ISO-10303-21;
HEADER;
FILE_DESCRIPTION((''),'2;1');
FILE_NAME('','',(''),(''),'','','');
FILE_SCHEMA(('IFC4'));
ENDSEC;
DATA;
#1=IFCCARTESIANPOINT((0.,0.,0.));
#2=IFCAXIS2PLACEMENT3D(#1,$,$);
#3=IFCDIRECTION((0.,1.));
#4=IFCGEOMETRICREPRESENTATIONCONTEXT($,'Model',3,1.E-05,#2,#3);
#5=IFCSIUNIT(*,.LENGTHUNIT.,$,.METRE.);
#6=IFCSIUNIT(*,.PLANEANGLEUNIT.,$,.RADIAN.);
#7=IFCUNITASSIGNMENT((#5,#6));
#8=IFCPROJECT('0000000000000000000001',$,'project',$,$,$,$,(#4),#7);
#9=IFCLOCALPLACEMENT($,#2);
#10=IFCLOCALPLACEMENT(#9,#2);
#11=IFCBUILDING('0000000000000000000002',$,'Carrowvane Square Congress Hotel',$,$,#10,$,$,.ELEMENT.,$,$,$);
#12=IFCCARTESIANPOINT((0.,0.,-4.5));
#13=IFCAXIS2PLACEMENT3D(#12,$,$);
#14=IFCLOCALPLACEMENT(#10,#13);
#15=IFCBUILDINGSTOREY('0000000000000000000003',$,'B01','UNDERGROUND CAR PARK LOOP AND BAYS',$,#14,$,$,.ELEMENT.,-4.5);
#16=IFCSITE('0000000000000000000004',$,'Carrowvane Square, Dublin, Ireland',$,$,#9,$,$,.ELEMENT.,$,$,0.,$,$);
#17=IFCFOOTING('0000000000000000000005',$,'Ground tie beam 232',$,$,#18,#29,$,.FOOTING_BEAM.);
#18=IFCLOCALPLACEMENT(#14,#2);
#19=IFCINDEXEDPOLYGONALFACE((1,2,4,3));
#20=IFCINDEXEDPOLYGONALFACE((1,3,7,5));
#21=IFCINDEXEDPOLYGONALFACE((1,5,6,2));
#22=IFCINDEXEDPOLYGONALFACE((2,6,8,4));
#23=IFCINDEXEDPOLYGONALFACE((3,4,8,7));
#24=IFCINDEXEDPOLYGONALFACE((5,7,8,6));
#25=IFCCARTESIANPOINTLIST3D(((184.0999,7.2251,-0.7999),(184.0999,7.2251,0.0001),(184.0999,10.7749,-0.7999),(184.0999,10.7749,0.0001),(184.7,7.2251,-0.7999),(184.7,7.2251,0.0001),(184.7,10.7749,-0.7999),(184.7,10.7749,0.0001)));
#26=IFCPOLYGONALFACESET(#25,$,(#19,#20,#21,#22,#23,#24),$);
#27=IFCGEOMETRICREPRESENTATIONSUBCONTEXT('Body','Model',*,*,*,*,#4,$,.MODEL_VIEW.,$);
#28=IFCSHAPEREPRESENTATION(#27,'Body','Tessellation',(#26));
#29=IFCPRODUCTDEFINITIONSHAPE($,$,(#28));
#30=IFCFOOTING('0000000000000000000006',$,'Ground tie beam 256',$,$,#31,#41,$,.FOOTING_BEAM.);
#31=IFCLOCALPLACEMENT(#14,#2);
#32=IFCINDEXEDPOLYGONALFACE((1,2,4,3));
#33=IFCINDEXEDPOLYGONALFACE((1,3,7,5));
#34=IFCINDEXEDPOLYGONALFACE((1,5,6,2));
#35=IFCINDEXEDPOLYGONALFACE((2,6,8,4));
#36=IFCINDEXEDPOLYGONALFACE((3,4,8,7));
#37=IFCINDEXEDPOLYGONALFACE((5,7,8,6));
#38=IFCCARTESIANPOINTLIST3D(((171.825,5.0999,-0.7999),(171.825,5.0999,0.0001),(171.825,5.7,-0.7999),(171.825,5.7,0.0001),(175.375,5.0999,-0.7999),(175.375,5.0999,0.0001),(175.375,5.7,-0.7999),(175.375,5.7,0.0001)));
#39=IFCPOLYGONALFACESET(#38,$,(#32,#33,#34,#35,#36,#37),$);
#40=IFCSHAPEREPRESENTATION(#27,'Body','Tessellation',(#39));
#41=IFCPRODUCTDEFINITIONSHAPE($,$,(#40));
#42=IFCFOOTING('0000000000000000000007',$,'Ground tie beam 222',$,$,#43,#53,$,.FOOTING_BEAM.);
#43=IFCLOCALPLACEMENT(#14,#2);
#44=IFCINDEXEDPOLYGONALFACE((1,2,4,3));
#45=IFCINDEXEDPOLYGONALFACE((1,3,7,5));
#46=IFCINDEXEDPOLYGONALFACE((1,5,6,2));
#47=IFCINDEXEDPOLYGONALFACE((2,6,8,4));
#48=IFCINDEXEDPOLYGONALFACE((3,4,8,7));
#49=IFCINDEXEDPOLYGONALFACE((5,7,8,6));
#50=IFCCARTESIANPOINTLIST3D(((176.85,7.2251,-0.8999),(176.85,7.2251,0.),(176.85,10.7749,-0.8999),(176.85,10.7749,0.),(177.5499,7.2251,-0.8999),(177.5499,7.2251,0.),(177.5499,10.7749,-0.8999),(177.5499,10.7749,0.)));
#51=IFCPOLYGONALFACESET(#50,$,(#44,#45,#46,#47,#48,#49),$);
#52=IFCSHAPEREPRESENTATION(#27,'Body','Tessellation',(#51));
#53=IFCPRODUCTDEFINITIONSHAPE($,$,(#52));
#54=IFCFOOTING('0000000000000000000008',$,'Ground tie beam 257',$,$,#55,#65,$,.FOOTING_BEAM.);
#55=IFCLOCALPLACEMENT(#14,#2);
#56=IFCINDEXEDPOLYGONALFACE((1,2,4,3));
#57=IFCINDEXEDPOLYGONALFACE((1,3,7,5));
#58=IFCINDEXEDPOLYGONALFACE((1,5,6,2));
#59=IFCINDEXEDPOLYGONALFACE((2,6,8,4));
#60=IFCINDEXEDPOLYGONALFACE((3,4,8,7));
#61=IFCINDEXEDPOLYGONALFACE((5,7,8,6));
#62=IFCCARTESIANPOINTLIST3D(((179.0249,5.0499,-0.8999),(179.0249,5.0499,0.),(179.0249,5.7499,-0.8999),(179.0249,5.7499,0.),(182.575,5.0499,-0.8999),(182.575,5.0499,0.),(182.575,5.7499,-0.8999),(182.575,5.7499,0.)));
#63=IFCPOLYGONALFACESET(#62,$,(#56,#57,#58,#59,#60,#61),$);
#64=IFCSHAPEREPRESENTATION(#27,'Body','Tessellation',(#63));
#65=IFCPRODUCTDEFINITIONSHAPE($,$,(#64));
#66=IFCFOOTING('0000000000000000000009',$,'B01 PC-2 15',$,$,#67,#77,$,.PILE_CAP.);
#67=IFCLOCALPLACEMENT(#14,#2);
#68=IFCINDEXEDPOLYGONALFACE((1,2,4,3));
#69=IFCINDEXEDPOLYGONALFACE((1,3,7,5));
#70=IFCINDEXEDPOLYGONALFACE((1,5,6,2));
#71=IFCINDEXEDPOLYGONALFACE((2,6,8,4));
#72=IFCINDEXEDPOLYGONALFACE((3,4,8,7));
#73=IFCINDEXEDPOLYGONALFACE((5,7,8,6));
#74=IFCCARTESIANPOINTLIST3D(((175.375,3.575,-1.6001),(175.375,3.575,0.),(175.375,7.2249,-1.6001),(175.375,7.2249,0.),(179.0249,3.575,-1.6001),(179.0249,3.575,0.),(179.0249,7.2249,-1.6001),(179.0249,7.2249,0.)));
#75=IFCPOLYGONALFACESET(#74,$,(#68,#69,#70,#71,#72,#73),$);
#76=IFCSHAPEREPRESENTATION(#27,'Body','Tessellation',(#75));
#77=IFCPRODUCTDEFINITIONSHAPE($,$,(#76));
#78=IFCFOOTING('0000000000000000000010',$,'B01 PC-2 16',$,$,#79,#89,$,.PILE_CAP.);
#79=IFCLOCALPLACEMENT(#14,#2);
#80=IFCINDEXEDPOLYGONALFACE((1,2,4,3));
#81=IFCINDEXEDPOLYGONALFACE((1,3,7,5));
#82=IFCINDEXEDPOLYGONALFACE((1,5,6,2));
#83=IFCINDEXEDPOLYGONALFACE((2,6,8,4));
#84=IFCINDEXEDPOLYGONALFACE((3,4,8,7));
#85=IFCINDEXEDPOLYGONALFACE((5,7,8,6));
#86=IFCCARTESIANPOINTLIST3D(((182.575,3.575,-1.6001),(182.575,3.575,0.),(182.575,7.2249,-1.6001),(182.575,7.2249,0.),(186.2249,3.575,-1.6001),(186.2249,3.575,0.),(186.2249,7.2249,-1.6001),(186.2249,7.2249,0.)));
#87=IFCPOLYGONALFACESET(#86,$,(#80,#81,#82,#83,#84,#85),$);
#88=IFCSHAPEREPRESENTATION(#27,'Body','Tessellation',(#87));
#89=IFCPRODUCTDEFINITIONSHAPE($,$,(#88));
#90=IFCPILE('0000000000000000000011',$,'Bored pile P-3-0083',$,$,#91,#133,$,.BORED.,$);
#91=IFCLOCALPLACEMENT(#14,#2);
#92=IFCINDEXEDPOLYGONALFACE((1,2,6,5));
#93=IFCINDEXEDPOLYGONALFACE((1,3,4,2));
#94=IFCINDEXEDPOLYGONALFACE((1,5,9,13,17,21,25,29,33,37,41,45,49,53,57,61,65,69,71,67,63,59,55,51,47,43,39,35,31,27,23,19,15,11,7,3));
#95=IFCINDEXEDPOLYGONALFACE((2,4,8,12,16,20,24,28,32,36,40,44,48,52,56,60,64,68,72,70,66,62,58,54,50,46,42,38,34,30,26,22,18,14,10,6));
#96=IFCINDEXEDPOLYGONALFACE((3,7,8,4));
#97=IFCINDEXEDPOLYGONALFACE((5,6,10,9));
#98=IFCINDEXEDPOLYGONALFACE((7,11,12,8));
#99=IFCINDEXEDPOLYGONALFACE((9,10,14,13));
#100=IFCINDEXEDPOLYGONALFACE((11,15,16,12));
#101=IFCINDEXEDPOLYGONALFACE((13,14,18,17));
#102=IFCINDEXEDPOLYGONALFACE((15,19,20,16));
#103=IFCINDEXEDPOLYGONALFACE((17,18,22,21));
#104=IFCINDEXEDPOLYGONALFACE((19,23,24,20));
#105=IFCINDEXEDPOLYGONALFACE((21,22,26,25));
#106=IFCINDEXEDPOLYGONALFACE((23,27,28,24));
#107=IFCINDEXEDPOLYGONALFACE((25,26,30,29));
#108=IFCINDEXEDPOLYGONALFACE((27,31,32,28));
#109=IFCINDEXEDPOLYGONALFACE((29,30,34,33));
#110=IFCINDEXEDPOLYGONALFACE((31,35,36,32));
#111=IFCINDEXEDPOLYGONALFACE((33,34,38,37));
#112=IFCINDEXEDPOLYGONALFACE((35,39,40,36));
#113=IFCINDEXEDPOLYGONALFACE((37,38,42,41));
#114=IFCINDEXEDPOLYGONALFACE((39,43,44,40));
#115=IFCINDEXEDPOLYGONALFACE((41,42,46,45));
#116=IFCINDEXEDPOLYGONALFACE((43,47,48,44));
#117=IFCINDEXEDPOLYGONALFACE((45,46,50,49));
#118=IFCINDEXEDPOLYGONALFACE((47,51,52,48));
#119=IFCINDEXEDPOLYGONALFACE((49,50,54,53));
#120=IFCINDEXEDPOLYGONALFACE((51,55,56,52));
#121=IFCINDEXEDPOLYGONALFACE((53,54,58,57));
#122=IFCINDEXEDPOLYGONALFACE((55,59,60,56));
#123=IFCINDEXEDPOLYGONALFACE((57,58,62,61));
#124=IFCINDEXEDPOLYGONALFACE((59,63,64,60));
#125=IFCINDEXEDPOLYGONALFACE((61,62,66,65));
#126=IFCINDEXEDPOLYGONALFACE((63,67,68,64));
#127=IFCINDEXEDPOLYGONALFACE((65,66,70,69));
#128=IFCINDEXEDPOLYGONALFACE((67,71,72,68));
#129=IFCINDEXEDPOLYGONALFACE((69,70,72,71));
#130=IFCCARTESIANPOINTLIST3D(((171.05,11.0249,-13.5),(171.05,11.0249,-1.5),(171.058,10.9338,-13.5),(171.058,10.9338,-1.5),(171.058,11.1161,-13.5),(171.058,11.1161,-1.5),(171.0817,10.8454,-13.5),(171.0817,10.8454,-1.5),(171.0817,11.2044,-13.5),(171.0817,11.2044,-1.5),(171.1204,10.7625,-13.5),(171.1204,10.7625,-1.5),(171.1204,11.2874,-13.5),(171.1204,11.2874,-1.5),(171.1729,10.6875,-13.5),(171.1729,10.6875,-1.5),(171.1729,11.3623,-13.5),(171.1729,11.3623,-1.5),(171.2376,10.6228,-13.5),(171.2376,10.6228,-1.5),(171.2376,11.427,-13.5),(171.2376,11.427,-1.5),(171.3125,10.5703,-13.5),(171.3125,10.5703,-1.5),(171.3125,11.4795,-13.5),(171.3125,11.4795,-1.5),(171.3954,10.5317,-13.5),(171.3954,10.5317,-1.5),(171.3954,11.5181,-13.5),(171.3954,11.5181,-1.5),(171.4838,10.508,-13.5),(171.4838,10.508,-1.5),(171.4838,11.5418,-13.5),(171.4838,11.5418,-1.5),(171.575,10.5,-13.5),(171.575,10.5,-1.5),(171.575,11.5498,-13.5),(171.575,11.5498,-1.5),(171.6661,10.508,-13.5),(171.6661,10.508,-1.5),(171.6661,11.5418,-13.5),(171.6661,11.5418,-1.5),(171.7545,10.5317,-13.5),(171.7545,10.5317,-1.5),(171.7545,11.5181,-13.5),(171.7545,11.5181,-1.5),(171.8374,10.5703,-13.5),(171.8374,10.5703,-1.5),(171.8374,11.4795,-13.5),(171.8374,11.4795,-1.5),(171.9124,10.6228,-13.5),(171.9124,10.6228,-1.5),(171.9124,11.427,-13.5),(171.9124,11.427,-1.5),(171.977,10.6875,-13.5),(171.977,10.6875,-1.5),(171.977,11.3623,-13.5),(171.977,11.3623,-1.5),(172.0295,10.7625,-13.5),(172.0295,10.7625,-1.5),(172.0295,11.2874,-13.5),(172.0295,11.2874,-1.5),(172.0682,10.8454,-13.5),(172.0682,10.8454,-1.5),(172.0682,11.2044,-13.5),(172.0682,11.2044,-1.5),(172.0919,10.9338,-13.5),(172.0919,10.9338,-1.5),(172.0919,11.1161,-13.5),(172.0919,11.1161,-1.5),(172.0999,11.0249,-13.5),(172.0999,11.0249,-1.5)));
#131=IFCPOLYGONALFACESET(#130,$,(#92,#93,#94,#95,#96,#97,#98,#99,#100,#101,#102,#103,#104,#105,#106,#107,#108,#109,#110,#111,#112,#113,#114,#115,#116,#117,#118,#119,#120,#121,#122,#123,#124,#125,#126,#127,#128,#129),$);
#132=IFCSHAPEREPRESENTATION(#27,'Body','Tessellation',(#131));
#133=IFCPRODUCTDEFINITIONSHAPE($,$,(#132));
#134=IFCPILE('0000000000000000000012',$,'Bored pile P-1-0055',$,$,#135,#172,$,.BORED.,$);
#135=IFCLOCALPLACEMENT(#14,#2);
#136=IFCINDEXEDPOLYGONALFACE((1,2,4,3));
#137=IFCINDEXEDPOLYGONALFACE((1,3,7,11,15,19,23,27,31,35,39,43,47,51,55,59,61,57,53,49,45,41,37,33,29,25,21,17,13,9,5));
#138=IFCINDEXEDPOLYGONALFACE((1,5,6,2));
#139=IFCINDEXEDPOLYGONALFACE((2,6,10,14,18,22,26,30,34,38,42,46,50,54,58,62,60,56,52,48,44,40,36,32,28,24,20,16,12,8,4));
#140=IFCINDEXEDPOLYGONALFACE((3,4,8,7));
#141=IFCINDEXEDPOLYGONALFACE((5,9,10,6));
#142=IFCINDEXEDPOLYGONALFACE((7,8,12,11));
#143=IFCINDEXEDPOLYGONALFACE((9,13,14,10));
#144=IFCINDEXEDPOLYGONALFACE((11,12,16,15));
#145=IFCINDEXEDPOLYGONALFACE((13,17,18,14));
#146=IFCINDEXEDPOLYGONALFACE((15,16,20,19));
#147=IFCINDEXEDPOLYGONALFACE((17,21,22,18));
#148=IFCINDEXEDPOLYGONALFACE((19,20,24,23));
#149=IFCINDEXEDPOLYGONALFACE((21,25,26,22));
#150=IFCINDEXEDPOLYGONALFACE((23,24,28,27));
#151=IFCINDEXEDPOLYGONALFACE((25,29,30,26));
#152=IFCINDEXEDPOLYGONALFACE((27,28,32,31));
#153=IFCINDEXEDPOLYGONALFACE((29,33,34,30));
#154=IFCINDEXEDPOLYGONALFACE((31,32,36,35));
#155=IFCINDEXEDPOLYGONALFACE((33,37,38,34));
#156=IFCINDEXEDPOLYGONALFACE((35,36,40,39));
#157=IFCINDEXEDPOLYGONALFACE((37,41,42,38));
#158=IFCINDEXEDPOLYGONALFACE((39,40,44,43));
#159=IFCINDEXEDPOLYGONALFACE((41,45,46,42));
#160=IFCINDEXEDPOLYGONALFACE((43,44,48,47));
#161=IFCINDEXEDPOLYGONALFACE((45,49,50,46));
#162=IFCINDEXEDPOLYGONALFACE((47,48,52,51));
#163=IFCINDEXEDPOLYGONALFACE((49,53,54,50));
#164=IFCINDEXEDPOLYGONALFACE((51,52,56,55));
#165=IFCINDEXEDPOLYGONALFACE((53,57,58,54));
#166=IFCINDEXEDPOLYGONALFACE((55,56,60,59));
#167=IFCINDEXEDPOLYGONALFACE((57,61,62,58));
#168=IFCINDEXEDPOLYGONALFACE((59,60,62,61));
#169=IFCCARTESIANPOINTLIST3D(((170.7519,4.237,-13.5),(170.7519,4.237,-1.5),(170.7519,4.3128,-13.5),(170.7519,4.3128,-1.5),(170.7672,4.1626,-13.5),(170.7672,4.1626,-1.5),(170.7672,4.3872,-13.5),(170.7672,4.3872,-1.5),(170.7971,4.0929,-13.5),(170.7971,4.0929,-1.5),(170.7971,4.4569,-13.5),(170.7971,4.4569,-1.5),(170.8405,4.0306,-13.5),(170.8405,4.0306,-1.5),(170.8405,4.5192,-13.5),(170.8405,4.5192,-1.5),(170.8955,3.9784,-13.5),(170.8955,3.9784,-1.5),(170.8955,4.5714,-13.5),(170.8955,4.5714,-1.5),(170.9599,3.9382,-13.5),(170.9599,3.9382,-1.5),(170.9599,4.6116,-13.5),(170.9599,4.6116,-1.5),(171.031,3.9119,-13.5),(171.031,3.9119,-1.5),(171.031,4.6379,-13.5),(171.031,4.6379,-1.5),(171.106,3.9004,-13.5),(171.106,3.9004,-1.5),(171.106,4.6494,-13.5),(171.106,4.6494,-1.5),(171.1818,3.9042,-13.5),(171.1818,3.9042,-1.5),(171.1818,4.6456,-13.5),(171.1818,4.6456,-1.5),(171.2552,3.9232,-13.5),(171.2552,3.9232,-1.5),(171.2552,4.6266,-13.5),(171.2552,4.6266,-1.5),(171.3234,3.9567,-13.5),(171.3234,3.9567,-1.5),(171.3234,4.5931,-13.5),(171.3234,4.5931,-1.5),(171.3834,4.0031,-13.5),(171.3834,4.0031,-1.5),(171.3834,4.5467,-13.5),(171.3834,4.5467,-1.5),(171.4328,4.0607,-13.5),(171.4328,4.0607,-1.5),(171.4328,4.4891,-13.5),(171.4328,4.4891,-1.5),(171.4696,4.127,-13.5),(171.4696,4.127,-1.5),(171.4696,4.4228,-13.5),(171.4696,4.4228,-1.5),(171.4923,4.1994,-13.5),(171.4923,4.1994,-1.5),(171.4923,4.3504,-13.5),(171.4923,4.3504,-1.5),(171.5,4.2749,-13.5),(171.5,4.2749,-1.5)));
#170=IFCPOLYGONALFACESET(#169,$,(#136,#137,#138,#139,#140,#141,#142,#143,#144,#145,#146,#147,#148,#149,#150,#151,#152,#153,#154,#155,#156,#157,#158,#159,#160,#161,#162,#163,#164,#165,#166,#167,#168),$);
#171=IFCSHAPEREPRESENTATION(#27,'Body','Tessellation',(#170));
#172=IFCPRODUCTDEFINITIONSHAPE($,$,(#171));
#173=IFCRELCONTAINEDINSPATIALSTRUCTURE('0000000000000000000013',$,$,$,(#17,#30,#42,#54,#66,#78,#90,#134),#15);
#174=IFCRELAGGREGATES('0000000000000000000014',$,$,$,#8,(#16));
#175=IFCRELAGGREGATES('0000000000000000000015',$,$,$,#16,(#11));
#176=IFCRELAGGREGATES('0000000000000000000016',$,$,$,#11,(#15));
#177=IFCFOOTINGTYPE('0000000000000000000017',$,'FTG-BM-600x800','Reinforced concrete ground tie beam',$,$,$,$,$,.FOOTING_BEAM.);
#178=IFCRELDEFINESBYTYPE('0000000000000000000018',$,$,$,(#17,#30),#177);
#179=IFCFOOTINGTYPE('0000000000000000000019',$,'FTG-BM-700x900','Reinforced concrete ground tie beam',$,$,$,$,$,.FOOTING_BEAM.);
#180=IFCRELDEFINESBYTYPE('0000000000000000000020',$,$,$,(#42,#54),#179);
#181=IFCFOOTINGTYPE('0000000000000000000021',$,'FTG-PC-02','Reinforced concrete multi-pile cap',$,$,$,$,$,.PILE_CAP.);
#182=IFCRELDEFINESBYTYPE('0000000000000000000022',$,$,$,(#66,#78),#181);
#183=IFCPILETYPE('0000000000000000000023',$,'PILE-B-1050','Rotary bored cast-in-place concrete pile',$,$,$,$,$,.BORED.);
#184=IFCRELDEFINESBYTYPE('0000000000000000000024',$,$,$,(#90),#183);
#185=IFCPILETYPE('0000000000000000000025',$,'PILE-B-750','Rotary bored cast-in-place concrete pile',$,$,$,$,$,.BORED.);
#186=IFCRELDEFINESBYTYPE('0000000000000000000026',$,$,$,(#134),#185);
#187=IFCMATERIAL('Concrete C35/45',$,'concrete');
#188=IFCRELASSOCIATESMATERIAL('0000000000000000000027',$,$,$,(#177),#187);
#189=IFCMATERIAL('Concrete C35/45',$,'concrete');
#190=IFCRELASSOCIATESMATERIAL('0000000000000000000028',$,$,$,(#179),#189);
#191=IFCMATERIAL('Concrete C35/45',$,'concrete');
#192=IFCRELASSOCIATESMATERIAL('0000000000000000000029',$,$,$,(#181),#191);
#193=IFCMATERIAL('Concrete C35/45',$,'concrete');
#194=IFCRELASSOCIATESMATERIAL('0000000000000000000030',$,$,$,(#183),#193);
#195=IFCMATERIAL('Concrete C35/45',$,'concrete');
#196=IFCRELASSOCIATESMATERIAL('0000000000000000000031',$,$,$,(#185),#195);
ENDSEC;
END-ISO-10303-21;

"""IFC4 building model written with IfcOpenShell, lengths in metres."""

from ifc_helpers import new_model, si_unit, direction, frame, origin, origin_2d, place, context, subcontext, project, spatial, rectangle, circle, extrude, material, material_profile, profile_set, type_object, element, save


model = new_model("IFC4")

# Units and contexts
model_context = context("Model", 3, precision=1e-05, world=origin(), true_north=direction((0.0, 1.0)))
body_context = subcontext(model_context, "Body", "Model", "MODEL_VIEW")
ifc_project = project(units=[si_unit("LENGTHUNIT", "METRE"), si_unit("PLANEANGLEUNIT", "RADIAN")], contexts=[model_context])

# Site, building, storey
site_placement = place(None, origin())
site = spatial("IfcSite", under=ifc_project, at=site_placement, Name="Carrowvane Square, Dublin, Ireland", CompositionType="ELEMENT", RefElevation=0.0)
building_placement = place(site_placement, origin())
building = spatial("IfcBuilding", under=site, at=building_placement, Name="Carrowvane Square Congress Hotel", CompositionType="ELEMENT")
storey_placement = place(building_placement, frame((0.0, 0.0, -4.5)))
storey = spatial("IfcBuildingStorey", under=building, at=storey_placement, Name="B01", Description="UNDERGROUND CAR PARK LOOP AND BAYS", CompositionType="ELEMENT", Elevation=-4.5)

# Footings
ifc_material_1 = material(Name="Concrete C35/45", Category="concrete")
ifc_material_profile_1 = material_profile(ifc_material_1, rectangle(XDim=0.6001, YDim=0.8, at=origin_2d()), Name="RC 600x800")
ifc_profile_set_1 = profile_set([ifc_material_profile_1], Name="Concrete C35/45")
footing_type_1 = type_object("IfcFootingType", Name="FTG-BM-600x800", Description="Reinforced concrete ground tie beam", PredefinedType="FOOTING_BEAM", material=ifc_profile_set_1)
footing_1_placement = place(storey_placement, frame((184.3999, 7.2251, -0.3999), z_axis=(0.0, 1.0, 0.0), x_axis=(-1.0, 0.0, 0.0)))
element("IfcFooting", 1, at=footing_1_placement, inside=storey, type_object=footing_type_1, Name="Ground tie beam 232", PredefinedType="FOOTING_BEAM", context=body_context, shape_type="SweptSolid", body=[
    extrude(rectangle(XDim=0.6001, YDim=0.8, at=origin_2d()), origin(), (0.0, 0.0, 1.0), 3.5498),
])
footing_2_placement = place(storey_placement, frame((171.825, 5.3999, -0.3999), z_axis=(1.0, 0.0, 0.0), x_axis=(0.0, 1.0, 0.0)))
element("IfcFooting", 2, at=footing_2_placement, inside=storey, type_object=footing_type_1, Name="Ground tie beam 256", PredefinedType="FOOTING_BEAM", context=body_context, shape_type="SweptSolid", body=[
    extrude(rectangle(XDim=0.6001, YDim=0.8, at=origin_2d()), origin(), (0.0, 0.0, 1.0), 3.55),
])
ifc_material_2 = material(Name="Concrete C35/45", Category="concrete")
ifc_material_profile_2 = material_profile(ifc_material_2, rectangle(XDim=0.7, YDim=0.8999, at=origin_2d()), Name="RC 700x900")
ifc_profile_set_2 = profile_set([ifc_material_profile_2], Name="Concrete C35/45")
footing_type_2 = type_object("IfcFootingType", Name="FTG-BM-700x900", Description="Reinforced concrete ground tie beam", PredefinedType="FOOTING_BEAM", material=ifc_profile_set_2)
footing_3_placement = place(storey_placement, frame((177.2, 7.2251, -0.45), z_axis=(0.0, 1.0, 0.0), x_axis=(-1.0, 0.0, 0.0)))
element("IfcFooting", 3, at=footing_3_placement, inside=storey, type_object=footing_type_2, Name="Ground tie beam 222", PredefinedType="FOOTING_BEAM", context=body_context, shape_type="SweptSolid", body=[
    extrude(rectangle(XDim=0.7, YDim=0.8999, at=origin_2d()), origin(), (0.0, 0.0, 1.0), 3.5498),
])
footing_4_placement = place(storey_placement, frame((179.0249, 5.3999, -0.45), z_axis=(1.0, 0.0, 0.0), x_axis=(0.0, 1.0, 0.0)))
element("IfcFooting", 4, at=footing_4_placement, inside=storey, type_object=footing_type_2, Name="Ground tie beam 257", PredefinedType="FOOTING_BEAM", context=body_context, shape_type="SweptSolid", body=[
    extrude(rectangle(XDim=0.7, YDim=0.8999, at=origin_2d()), origin(), (0.0, 0.0, 1.0), 3.55),
])
ifc_material_3 = material(Name="Concrete C35/45", Category="concrete")
footing_type_3 = type_object("IfcFootingType", Name="FTG-PC-02", Description="Reinforced concrete multi-pile cap", PredefinedType="PILE_CAP", material=ifc_material_3)
for number, where, z_axis, x_axis, name in (
    (5, (177.2, 5.3999, -1.6001), (0.0, 0.0, 1.0), (1.0, 0.0, 0.0), "B01 PC-2 15"),
    (6, (184.3999, 5.3999, -1.6001), (0.0, 0.0, 1.0), (1.0, 0.0, 0.0), "B01 PC-2 16"),
):
    element("IfcFooting", number, at=place(storey_placement, frame(where, z_axis=z_axis, x_axis=x_axis)), inside=storey, type_object=footing_type_3, Name=name, PredefinedType="PILE_CAP", context=body_context, shape_type="SweptSolid", body=[
        extrude(rectangle(XDim=3.6499, YDim=3.6499, at=origin_2d()), origin(), (0.0, 0.0, 1.0), 1.6001),
    ])

# Piles
ifc_material_4 = material(Name="Concrete C35/45", Category="concrete")
ifc_material_profile_3 = material_profile(ifc_material_4, circle(Radius=0.5249, at=origin_2d()), Name="PILE D1050")
ifc_profile_set_3 = profile_set([ifc_material_profile_3], Name="Concrete C35/45")
pile_type_1 = type_object("IfcPileType", Name="PILE-B-1050", Description="Rotary bored cast-in-place concrete pile", PredefinedType="BORED", material=ifc_profile_set_3)
pile_placement = place(storey_placement, frame((171.575, 11.0249, -1.5), z_axis=(0.0, 0.0, -1.0), x_axis=(1.0, 0.0, 0.0)))
element("IfcPile", 7, at=pile_placement, inside=storey, type_object=pile_type_1, Name="Bored pile P-3-0083", PredefinedType="BORED", context=body_context, shape_type="SweptSolid", body=[
    extrude(circle(Radius=0.5249, at=origin_2d()), origin(), (0.0, 0.0, 1.0), 12.0),
])
ifc_material_5 = material(Name="Concrete C35/45", Category="concrete")
ifc_material_profile_4 = material_profile(ifc_material_5, circle(Radius=0.375, at=origin_2d()), Name="PILE D750")
ifc_profile_set_4 = profile_set([ifc_material_profile_4], Name="Concrete C35/45")
pile_type_2 = type_object("IfcPileType", Name="PILE-B-750", Description="Rotary bored cast-in-place concrete pile", PredefinedType="BORED", material=ifc_profile_set_4)
for number, where, z_axis, x_axis, name in (
    (8, (171.125, 4.2749, -1.5), (0.0, 0.0, -1.0), (1.0, 0.0, 0.0), "Bored pile P-1-0055"),
):
    element("IfcPile", number, at=place(storey_placement, frame(where, z_axis=z_axis, x_axis=x_axis)), inside=storey, type_object=pile_type_2, Name=name, PredefinedType="BORED", context=body_context, shape_type="SweptSolid", body=[
        extrude(circle(Radius=0.375, at=origin_2d()), origin(), (0.0, 0.0, 1.0), 12.0),
    ])

save(model, "model.ifc")
